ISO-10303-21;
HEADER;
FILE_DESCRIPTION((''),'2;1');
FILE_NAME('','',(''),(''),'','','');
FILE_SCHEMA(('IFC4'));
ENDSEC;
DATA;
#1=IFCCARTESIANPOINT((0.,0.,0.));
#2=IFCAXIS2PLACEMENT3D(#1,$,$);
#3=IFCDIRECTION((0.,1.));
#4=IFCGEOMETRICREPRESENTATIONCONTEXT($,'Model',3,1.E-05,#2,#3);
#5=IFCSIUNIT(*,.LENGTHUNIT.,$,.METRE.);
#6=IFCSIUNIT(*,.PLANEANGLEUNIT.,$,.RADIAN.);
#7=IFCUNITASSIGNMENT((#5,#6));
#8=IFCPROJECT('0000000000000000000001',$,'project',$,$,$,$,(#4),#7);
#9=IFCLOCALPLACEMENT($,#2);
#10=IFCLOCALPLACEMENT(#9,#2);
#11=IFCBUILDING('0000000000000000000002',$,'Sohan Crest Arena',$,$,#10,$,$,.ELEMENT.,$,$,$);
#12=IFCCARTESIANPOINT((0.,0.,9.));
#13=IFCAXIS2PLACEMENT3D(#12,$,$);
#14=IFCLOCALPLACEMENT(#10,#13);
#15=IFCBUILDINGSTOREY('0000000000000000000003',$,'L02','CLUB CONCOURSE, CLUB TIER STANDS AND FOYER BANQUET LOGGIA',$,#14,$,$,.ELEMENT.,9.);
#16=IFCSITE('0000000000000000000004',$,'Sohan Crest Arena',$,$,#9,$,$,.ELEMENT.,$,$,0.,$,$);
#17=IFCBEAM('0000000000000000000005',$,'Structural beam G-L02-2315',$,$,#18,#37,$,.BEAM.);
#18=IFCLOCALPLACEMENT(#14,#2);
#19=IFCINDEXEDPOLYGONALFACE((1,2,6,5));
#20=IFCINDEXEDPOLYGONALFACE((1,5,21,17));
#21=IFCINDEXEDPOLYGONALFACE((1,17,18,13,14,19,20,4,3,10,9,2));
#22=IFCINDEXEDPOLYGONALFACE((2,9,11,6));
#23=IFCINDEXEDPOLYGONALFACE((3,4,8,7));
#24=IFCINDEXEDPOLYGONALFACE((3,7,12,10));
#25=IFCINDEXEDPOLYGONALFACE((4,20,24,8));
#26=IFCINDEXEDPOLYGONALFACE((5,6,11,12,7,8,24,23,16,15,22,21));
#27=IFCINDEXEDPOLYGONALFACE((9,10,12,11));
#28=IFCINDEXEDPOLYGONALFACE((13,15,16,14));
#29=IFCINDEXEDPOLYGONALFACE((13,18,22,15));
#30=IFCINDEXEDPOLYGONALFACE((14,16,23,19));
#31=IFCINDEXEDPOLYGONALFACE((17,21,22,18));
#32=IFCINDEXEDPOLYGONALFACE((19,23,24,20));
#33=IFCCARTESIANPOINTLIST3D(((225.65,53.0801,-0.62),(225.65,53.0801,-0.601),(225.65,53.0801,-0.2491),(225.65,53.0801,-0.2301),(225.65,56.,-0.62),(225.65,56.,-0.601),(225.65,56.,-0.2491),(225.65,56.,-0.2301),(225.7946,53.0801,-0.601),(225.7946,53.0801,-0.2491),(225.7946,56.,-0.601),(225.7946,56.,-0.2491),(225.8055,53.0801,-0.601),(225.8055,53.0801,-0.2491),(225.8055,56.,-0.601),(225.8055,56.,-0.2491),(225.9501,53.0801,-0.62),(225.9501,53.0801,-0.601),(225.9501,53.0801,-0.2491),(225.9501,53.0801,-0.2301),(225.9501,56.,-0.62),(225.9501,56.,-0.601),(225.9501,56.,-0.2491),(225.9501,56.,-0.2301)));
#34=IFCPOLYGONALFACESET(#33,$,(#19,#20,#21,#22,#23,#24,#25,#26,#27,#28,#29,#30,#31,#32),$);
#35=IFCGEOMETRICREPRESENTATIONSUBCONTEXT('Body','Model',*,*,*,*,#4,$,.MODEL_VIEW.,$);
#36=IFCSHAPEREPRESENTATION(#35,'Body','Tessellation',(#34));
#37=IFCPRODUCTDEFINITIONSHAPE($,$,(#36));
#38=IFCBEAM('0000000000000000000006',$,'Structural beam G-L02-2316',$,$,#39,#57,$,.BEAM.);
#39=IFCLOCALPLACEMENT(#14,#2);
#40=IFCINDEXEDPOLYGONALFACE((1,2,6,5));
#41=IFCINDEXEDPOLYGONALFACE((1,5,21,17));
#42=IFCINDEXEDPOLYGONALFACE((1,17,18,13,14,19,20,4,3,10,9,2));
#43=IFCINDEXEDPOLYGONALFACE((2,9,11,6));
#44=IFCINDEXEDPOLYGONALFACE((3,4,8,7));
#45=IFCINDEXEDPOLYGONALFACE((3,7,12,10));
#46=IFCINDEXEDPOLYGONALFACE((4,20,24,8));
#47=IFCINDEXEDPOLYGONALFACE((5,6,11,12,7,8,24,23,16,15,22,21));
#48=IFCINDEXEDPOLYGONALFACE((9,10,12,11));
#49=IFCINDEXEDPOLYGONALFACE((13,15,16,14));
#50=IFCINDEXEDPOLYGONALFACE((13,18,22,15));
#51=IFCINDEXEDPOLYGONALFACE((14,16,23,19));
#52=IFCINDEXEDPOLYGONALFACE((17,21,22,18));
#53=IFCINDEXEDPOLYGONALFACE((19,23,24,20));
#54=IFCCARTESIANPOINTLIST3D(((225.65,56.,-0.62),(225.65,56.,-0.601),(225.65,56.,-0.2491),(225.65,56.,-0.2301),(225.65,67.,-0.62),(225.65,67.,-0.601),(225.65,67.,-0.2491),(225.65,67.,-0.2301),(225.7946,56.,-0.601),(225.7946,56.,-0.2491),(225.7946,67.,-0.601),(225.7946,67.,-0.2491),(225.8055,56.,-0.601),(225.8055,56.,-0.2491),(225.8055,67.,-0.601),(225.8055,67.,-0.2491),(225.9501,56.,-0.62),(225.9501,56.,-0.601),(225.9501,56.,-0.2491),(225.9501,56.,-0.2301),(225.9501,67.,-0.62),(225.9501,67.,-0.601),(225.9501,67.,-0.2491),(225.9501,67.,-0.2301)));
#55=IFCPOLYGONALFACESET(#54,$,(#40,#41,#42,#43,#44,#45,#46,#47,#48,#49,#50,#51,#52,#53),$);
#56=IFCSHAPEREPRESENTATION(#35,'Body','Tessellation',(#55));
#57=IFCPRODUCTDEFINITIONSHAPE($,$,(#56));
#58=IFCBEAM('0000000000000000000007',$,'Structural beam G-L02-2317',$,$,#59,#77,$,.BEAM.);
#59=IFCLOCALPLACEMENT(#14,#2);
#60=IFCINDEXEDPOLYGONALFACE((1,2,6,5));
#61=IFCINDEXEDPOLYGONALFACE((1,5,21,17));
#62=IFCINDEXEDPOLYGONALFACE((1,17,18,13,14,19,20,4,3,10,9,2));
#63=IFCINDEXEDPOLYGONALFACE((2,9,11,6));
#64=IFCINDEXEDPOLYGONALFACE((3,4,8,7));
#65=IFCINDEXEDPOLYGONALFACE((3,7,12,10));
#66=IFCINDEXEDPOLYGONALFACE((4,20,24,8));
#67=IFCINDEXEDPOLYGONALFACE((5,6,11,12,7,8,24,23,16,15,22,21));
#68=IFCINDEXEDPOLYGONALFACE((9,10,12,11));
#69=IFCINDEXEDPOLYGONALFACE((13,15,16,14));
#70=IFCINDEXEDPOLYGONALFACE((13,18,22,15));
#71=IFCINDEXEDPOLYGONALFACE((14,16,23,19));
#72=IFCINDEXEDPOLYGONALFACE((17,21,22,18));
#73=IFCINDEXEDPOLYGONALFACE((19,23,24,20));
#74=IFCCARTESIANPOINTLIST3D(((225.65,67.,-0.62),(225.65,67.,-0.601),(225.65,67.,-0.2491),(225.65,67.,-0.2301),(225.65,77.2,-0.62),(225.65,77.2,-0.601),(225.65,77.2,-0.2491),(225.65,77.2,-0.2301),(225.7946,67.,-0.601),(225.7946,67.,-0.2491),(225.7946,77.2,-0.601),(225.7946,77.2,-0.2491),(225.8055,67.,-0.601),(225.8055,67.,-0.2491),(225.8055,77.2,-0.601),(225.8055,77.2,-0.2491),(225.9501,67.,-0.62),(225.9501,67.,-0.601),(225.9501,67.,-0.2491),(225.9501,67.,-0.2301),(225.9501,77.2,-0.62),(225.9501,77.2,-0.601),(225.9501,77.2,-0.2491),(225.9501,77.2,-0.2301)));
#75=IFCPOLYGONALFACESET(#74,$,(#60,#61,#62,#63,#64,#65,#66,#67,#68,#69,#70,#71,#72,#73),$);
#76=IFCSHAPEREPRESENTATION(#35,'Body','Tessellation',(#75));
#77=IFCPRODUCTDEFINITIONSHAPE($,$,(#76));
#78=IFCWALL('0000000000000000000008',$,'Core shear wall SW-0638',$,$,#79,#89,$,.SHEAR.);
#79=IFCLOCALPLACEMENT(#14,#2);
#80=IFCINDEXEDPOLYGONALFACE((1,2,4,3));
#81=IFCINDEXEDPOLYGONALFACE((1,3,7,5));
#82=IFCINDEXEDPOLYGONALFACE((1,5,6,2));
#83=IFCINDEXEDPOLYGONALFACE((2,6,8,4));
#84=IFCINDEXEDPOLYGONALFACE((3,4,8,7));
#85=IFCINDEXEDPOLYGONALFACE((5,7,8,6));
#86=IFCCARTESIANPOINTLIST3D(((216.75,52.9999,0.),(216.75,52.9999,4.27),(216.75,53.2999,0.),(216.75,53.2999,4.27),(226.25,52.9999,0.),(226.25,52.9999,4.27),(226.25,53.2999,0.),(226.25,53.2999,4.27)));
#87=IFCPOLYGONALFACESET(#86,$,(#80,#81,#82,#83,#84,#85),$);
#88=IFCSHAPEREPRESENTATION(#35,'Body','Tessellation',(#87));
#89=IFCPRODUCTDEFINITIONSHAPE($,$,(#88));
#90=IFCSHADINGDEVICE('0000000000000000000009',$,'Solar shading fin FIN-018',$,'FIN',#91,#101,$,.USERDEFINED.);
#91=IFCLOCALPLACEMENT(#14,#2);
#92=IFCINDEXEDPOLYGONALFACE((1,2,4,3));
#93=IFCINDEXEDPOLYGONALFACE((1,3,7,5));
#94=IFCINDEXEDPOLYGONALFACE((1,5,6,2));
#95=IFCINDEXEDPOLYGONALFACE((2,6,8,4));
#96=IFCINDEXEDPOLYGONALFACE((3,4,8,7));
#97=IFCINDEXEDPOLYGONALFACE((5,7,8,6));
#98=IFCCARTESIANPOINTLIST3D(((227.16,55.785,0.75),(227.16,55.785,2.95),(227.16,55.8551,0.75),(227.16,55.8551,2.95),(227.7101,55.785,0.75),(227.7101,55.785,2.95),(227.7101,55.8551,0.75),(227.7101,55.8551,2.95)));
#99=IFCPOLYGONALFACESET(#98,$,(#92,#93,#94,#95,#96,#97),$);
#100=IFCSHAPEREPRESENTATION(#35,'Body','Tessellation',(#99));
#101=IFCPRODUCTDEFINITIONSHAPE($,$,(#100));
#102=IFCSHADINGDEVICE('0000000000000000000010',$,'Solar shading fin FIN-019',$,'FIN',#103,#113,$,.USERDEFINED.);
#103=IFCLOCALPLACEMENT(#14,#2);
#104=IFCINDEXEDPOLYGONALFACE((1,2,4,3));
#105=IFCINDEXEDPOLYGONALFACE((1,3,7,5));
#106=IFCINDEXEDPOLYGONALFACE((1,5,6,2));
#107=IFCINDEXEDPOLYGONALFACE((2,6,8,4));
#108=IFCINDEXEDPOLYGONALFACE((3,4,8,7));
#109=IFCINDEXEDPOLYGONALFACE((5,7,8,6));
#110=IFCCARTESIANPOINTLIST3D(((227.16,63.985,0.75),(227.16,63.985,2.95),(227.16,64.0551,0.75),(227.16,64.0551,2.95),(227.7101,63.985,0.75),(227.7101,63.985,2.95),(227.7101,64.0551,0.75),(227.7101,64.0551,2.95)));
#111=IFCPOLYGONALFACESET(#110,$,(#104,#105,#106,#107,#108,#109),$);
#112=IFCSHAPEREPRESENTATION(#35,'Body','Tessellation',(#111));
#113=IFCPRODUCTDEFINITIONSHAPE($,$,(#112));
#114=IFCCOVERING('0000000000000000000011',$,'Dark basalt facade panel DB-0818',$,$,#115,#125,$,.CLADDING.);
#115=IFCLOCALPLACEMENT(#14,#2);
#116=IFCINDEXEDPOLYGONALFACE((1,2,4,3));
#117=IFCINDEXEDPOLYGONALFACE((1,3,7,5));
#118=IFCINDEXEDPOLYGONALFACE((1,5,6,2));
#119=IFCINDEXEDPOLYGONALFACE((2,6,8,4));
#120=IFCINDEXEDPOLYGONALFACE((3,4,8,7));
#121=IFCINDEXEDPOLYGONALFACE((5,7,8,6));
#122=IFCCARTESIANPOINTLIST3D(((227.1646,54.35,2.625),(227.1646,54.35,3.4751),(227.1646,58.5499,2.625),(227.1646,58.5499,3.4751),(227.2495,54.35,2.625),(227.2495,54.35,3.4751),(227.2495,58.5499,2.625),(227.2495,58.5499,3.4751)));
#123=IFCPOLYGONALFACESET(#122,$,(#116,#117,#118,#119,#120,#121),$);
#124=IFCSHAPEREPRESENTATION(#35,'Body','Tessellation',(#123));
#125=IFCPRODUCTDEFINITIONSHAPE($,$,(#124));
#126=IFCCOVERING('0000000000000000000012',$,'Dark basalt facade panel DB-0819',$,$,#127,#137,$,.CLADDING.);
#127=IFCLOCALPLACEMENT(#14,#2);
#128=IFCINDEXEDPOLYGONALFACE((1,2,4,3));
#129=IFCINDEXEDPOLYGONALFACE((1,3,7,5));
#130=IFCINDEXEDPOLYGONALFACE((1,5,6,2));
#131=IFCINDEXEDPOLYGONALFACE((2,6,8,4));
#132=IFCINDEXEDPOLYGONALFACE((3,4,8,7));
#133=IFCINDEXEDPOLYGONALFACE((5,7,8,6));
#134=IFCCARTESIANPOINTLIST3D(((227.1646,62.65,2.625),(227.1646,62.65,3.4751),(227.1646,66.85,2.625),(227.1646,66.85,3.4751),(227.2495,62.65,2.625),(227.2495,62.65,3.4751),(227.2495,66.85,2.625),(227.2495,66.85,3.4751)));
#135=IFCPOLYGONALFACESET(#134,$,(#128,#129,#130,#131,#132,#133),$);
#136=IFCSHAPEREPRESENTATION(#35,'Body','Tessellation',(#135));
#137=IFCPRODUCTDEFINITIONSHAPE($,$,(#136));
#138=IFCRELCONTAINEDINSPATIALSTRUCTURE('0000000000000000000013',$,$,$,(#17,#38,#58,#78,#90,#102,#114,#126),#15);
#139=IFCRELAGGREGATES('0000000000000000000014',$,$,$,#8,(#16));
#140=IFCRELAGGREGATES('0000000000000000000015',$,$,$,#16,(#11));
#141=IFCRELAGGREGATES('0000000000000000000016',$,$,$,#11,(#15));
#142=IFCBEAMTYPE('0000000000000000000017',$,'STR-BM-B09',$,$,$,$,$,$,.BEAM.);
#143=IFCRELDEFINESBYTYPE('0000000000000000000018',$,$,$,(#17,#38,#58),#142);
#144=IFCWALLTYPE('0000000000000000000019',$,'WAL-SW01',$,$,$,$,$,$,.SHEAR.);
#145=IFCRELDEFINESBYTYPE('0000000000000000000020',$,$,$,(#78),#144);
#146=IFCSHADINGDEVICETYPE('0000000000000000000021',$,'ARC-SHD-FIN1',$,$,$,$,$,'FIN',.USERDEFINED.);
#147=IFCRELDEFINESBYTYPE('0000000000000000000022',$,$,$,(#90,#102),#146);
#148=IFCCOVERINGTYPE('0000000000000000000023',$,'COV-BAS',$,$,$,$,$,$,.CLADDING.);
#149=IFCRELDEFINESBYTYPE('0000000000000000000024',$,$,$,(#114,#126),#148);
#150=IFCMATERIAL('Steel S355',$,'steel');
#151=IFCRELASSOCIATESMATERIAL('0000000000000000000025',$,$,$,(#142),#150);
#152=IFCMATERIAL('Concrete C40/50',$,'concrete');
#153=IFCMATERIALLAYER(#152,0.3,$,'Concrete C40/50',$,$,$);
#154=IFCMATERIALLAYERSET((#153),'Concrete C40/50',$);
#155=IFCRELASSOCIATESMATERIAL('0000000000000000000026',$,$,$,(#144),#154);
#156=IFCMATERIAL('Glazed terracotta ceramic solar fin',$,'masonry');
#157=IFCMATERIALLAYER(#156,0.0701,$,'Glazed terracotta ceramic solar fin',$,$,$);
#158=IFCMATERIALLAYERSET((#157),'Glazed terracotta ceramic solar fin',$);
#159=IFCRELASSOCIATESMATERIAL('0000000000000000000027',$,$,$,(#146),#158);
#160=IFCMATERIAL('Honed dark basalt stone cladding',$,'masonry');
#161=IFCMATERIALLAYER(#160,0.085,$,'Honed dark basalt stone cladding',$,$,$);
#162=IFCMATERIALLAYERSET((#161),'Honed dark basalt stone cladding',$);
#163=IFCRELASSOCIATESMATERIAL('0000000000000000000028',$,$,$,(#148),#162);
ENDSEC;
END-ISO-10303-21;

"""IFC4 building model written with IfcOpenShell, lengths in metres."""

from ifc_helpers import new_model, si_unit, direction, frame, frame_2d, origin, origin_2d, place, context, subcontext, project, spatial, rectangle, i_section, extrude, material, layer, layer_set, material_profile, profile_set, type_object, element, save


model = new_model("IFC4")

# Units and contexts
model_context = context("Model", 3, precision=1e-05, world=origin(), true_north=direction((0.0, 1.0)))
body_context = subcontext(model_context, "Body", "Model", "MODEL_VIEW")
ifc_project = project(units=[si_unit("LENGTHUNIT", "METRE"), si_unit("PLANEANGLEUNIT", "RADIAN")], contexts=[model_context])

# Site, building, storey
site_placement = place(None, origin())
site = spatial("IfcSite", under=ifc_project, at=site_placement, Name="Sohan Crest Arena", CompositionType="ELEMENT", RefElevation=0.0)
building_placement = place(site_placement, origin())
building = spatial("IfcBuilding", under=site, at=building_placement, Name="Sohan Crest Arena", CompositionType="ELEMENT")
storey_placement = place(building_placement, frame((0.0, 0.0, 9.0)))
storey = spatial("IfcBuildingStorey", under=building, at=storey_placement, Name="L02", Description="CLUB CONCOURSE, CLUB TIER STANDS AND FOYER BANQUET LOGGIA", CompositionType="ELEMENT", Elevation=9.0)

# Shared definitions
ifc_material_1 = material(Name="Concrete C40/50", Category="concrete")

# Beams
ifc_material_2 = material(Name="Steel S355", Category="steel")
ifc_material_profile_1 = material_profile(ifc_material_2, i_section(OverallWidth=0.3, OverallDepth=0.3899, WebThickness=0.011, FlangeThickness=0.019, at=origin_2d()), Name="HEA 400")
ifc_profile_set_1 = profile_set([ifc_material_profile_1], Name="Steel S355")
beam_type_1 = type_object("IfcBeamType", Name="STR-BM-B09", PredefinedType="BEAM", material=ifc_profile_set_1)
beam_1_placement = place(storey_placement, frame((225.8, 53.0801, -0.425), z_axis=(0.0, 1.0, 0.0), x_axis=(-1.0, 0.0, 0.0)))
element("IfcBeam", 1, at=beam_1_placement, inside=storey, type_object=beam_type_1, Name="Structural beam G-L02-2315", PredefinedType="BEAM", context=body_context, shape_type="SweptSolid", body=[
    extrude(i_section(OverallWidth=0.3, OverallDepth=0.3899, WebThickness=0.011, FlangeThickness=0.019, at=origin_2d()), origin(), (0.0, 0.0, 1.0), 2.9199),
])
beam_2_placement = place(storey_placement, frame((225.8, 56.0, -0.425), z_axis=(0.0, 1.0, 0.0), x_axis=(-1.0, 0.0, 0.0)))
element("IfcBeam", 2, at=beam_2_placement, inside=storey, type_object=beam_type_1, Name="Structural beam G-L02-2316", PredefinedType="BEAM", context=body_context, shape_type="SweptSolid", body=[
    extrude(i_section(OverallWidth=0.3, OverallDepth=0.3899, WebThickness=0.011, FlangeThickness=0.019, at=origin_2d()), origin(), (0.0, 0.0, 1.0), 11.0),
])
beam_3_placement = place(storey_placement, frame((225.8, 67.0, -0.425), z_axis=(0.0, 1.0, 0.0), x_axis=(-1.0, 0.0, 0.0)))
element("IfcBeam", 3, at=beam_3_placement, inside=storey, type_object=beam_type_1, Name="Structural beam G-L02-2317", PredefinedType="BEAM", context=body_context, shape_type="SweptSolid", body=[
    extrude(i_section(OverallWidth=0.3, OverallDepth=0.3899, WebThickness=0.011, FlangeThickness=0.019, at=origin_2d()), origin(), (0.0, 0.0, 1.0), 10.2),
])

# Wall
ifc_layer_1 = layer(ifc_material_1, 0.3, Name="Concrete C40/50")
ifc_layer_set_1 = layer_set([ifc_layer_1], Name="Concrete C40/50")
wall_type = type_object("IfcWallType", Name="WAL-SW01", PredefinedType="SHEAR", material=ifc_layer_set_1)
wall_placement = place(storey_placement, frame((216.75, 53.1499, 0.0), z_axis=(0.0, 0.0, 1.0), x_axis=(1.0, 0.0, 0.0)))
element("IfcWall", 4, at=wall_placement, inside=storey, type_object=wall_type, Name="Core shear wall SW-0638", PredefinedType="SHEAR", context=body_context, shape_type="SweptSolid", body=[
    extrude(rectangle(XDim=9.5, YDim=0.3, at=frame_2d((4.75, 0.0))), origin(), (0.0, 0.0, 1.0), 4.27),
])

# Shading devices
ifc_material_3 = material(Name="Glazed terracotta ceramic solar fin", Category="masonry")
ifc_layer_2 = layer(ifc_material_3, 0.0701, Name="Glazed terracotta ceramic solar fin")
ifc_layer_set_2 = layer_set([ifc_layer_2], Name="Glazed terracotta ceramic solar fin")
shading_device_type = type_object("IfcShadingDeviceType", Name="ARC-SHD-FIN1", ElementType="FIN", PredefinedType="USERDEFINED", material=ifc_layer_set_2)
for number, where, z_axis, x_axis, name in (
    (5, (227.4351, 55.8201, 0.75), (0.0, 0.0, 1.0), (0.0, 1.0, 0.0), "Solar shading fin FIN-018"),
    (6, (227.4351, 64.02, 0.75), (0.0, 0.0, 1.0), (0.0, 1.0, 0.0), "Solar shading fin FIN-019"),
):
    element("IfcShadingDevice", number, at=place(storey_placement, frame(where, z_axis=z_axis, x_axis=x_axis)), inside=storey, type_object=shading_device_type, Name=name, ObjectType="FIN", PredefinedType="USERDEFINED", context=body_context, shape_type="SweptSolid", body=[
        extrude(rectangle(XDim=0.0701, YDim=0.55, at=origin_2d()), origin(), (0.0, 0.0, 1.0), 2.2),
    ])

# Coverings
ifc_material_4 = material(Name="Honed dark basalt stone cladding", Category="masonry")
ifc_layer_3 = layer(ifc_material_4, 0.085, Name="Honed dark basalt stone cladding")
ifc_layer_set_3 = layer_set([ifc_layer_3], Name="Honed dark basalt stone cladding")
covering_type = type_object("IfcCoveringType", Name="COV-BAS", PredefinedType="CLADDING", material=ifc_layer_set_3)
for number, where, z_axis, x_axis, name in (
    (7, (227.207, 56.45, 2.625), (0.0, 0.0, 1.0), (0.0, 1.0, 0.0), "Dark basalt facade panel DB-0818"),
    (8, (227.207, 64.75, 2.625), (0.0, 0.0, 1.0), (0.0, 1.0, 0.0), "Dark basalt facade panel DB-0819"),
):
    element("IfcCovering", number, at=place(storey_placement, frame(where, z_axis=z_axis, x_axis=x_axis)), inside=storey, type_object=covering_type, Name=name, PredefinedType="CLADDING", context=body_context, shape_type="SweptSolid", body=[
        extrude(rectangle(XDim=4.2, YDim=0.085, at=origin_2d()), origin(), (0.0, 0.0, 1.0), 0.8501),
    ])

save(model, "model.ifc")
